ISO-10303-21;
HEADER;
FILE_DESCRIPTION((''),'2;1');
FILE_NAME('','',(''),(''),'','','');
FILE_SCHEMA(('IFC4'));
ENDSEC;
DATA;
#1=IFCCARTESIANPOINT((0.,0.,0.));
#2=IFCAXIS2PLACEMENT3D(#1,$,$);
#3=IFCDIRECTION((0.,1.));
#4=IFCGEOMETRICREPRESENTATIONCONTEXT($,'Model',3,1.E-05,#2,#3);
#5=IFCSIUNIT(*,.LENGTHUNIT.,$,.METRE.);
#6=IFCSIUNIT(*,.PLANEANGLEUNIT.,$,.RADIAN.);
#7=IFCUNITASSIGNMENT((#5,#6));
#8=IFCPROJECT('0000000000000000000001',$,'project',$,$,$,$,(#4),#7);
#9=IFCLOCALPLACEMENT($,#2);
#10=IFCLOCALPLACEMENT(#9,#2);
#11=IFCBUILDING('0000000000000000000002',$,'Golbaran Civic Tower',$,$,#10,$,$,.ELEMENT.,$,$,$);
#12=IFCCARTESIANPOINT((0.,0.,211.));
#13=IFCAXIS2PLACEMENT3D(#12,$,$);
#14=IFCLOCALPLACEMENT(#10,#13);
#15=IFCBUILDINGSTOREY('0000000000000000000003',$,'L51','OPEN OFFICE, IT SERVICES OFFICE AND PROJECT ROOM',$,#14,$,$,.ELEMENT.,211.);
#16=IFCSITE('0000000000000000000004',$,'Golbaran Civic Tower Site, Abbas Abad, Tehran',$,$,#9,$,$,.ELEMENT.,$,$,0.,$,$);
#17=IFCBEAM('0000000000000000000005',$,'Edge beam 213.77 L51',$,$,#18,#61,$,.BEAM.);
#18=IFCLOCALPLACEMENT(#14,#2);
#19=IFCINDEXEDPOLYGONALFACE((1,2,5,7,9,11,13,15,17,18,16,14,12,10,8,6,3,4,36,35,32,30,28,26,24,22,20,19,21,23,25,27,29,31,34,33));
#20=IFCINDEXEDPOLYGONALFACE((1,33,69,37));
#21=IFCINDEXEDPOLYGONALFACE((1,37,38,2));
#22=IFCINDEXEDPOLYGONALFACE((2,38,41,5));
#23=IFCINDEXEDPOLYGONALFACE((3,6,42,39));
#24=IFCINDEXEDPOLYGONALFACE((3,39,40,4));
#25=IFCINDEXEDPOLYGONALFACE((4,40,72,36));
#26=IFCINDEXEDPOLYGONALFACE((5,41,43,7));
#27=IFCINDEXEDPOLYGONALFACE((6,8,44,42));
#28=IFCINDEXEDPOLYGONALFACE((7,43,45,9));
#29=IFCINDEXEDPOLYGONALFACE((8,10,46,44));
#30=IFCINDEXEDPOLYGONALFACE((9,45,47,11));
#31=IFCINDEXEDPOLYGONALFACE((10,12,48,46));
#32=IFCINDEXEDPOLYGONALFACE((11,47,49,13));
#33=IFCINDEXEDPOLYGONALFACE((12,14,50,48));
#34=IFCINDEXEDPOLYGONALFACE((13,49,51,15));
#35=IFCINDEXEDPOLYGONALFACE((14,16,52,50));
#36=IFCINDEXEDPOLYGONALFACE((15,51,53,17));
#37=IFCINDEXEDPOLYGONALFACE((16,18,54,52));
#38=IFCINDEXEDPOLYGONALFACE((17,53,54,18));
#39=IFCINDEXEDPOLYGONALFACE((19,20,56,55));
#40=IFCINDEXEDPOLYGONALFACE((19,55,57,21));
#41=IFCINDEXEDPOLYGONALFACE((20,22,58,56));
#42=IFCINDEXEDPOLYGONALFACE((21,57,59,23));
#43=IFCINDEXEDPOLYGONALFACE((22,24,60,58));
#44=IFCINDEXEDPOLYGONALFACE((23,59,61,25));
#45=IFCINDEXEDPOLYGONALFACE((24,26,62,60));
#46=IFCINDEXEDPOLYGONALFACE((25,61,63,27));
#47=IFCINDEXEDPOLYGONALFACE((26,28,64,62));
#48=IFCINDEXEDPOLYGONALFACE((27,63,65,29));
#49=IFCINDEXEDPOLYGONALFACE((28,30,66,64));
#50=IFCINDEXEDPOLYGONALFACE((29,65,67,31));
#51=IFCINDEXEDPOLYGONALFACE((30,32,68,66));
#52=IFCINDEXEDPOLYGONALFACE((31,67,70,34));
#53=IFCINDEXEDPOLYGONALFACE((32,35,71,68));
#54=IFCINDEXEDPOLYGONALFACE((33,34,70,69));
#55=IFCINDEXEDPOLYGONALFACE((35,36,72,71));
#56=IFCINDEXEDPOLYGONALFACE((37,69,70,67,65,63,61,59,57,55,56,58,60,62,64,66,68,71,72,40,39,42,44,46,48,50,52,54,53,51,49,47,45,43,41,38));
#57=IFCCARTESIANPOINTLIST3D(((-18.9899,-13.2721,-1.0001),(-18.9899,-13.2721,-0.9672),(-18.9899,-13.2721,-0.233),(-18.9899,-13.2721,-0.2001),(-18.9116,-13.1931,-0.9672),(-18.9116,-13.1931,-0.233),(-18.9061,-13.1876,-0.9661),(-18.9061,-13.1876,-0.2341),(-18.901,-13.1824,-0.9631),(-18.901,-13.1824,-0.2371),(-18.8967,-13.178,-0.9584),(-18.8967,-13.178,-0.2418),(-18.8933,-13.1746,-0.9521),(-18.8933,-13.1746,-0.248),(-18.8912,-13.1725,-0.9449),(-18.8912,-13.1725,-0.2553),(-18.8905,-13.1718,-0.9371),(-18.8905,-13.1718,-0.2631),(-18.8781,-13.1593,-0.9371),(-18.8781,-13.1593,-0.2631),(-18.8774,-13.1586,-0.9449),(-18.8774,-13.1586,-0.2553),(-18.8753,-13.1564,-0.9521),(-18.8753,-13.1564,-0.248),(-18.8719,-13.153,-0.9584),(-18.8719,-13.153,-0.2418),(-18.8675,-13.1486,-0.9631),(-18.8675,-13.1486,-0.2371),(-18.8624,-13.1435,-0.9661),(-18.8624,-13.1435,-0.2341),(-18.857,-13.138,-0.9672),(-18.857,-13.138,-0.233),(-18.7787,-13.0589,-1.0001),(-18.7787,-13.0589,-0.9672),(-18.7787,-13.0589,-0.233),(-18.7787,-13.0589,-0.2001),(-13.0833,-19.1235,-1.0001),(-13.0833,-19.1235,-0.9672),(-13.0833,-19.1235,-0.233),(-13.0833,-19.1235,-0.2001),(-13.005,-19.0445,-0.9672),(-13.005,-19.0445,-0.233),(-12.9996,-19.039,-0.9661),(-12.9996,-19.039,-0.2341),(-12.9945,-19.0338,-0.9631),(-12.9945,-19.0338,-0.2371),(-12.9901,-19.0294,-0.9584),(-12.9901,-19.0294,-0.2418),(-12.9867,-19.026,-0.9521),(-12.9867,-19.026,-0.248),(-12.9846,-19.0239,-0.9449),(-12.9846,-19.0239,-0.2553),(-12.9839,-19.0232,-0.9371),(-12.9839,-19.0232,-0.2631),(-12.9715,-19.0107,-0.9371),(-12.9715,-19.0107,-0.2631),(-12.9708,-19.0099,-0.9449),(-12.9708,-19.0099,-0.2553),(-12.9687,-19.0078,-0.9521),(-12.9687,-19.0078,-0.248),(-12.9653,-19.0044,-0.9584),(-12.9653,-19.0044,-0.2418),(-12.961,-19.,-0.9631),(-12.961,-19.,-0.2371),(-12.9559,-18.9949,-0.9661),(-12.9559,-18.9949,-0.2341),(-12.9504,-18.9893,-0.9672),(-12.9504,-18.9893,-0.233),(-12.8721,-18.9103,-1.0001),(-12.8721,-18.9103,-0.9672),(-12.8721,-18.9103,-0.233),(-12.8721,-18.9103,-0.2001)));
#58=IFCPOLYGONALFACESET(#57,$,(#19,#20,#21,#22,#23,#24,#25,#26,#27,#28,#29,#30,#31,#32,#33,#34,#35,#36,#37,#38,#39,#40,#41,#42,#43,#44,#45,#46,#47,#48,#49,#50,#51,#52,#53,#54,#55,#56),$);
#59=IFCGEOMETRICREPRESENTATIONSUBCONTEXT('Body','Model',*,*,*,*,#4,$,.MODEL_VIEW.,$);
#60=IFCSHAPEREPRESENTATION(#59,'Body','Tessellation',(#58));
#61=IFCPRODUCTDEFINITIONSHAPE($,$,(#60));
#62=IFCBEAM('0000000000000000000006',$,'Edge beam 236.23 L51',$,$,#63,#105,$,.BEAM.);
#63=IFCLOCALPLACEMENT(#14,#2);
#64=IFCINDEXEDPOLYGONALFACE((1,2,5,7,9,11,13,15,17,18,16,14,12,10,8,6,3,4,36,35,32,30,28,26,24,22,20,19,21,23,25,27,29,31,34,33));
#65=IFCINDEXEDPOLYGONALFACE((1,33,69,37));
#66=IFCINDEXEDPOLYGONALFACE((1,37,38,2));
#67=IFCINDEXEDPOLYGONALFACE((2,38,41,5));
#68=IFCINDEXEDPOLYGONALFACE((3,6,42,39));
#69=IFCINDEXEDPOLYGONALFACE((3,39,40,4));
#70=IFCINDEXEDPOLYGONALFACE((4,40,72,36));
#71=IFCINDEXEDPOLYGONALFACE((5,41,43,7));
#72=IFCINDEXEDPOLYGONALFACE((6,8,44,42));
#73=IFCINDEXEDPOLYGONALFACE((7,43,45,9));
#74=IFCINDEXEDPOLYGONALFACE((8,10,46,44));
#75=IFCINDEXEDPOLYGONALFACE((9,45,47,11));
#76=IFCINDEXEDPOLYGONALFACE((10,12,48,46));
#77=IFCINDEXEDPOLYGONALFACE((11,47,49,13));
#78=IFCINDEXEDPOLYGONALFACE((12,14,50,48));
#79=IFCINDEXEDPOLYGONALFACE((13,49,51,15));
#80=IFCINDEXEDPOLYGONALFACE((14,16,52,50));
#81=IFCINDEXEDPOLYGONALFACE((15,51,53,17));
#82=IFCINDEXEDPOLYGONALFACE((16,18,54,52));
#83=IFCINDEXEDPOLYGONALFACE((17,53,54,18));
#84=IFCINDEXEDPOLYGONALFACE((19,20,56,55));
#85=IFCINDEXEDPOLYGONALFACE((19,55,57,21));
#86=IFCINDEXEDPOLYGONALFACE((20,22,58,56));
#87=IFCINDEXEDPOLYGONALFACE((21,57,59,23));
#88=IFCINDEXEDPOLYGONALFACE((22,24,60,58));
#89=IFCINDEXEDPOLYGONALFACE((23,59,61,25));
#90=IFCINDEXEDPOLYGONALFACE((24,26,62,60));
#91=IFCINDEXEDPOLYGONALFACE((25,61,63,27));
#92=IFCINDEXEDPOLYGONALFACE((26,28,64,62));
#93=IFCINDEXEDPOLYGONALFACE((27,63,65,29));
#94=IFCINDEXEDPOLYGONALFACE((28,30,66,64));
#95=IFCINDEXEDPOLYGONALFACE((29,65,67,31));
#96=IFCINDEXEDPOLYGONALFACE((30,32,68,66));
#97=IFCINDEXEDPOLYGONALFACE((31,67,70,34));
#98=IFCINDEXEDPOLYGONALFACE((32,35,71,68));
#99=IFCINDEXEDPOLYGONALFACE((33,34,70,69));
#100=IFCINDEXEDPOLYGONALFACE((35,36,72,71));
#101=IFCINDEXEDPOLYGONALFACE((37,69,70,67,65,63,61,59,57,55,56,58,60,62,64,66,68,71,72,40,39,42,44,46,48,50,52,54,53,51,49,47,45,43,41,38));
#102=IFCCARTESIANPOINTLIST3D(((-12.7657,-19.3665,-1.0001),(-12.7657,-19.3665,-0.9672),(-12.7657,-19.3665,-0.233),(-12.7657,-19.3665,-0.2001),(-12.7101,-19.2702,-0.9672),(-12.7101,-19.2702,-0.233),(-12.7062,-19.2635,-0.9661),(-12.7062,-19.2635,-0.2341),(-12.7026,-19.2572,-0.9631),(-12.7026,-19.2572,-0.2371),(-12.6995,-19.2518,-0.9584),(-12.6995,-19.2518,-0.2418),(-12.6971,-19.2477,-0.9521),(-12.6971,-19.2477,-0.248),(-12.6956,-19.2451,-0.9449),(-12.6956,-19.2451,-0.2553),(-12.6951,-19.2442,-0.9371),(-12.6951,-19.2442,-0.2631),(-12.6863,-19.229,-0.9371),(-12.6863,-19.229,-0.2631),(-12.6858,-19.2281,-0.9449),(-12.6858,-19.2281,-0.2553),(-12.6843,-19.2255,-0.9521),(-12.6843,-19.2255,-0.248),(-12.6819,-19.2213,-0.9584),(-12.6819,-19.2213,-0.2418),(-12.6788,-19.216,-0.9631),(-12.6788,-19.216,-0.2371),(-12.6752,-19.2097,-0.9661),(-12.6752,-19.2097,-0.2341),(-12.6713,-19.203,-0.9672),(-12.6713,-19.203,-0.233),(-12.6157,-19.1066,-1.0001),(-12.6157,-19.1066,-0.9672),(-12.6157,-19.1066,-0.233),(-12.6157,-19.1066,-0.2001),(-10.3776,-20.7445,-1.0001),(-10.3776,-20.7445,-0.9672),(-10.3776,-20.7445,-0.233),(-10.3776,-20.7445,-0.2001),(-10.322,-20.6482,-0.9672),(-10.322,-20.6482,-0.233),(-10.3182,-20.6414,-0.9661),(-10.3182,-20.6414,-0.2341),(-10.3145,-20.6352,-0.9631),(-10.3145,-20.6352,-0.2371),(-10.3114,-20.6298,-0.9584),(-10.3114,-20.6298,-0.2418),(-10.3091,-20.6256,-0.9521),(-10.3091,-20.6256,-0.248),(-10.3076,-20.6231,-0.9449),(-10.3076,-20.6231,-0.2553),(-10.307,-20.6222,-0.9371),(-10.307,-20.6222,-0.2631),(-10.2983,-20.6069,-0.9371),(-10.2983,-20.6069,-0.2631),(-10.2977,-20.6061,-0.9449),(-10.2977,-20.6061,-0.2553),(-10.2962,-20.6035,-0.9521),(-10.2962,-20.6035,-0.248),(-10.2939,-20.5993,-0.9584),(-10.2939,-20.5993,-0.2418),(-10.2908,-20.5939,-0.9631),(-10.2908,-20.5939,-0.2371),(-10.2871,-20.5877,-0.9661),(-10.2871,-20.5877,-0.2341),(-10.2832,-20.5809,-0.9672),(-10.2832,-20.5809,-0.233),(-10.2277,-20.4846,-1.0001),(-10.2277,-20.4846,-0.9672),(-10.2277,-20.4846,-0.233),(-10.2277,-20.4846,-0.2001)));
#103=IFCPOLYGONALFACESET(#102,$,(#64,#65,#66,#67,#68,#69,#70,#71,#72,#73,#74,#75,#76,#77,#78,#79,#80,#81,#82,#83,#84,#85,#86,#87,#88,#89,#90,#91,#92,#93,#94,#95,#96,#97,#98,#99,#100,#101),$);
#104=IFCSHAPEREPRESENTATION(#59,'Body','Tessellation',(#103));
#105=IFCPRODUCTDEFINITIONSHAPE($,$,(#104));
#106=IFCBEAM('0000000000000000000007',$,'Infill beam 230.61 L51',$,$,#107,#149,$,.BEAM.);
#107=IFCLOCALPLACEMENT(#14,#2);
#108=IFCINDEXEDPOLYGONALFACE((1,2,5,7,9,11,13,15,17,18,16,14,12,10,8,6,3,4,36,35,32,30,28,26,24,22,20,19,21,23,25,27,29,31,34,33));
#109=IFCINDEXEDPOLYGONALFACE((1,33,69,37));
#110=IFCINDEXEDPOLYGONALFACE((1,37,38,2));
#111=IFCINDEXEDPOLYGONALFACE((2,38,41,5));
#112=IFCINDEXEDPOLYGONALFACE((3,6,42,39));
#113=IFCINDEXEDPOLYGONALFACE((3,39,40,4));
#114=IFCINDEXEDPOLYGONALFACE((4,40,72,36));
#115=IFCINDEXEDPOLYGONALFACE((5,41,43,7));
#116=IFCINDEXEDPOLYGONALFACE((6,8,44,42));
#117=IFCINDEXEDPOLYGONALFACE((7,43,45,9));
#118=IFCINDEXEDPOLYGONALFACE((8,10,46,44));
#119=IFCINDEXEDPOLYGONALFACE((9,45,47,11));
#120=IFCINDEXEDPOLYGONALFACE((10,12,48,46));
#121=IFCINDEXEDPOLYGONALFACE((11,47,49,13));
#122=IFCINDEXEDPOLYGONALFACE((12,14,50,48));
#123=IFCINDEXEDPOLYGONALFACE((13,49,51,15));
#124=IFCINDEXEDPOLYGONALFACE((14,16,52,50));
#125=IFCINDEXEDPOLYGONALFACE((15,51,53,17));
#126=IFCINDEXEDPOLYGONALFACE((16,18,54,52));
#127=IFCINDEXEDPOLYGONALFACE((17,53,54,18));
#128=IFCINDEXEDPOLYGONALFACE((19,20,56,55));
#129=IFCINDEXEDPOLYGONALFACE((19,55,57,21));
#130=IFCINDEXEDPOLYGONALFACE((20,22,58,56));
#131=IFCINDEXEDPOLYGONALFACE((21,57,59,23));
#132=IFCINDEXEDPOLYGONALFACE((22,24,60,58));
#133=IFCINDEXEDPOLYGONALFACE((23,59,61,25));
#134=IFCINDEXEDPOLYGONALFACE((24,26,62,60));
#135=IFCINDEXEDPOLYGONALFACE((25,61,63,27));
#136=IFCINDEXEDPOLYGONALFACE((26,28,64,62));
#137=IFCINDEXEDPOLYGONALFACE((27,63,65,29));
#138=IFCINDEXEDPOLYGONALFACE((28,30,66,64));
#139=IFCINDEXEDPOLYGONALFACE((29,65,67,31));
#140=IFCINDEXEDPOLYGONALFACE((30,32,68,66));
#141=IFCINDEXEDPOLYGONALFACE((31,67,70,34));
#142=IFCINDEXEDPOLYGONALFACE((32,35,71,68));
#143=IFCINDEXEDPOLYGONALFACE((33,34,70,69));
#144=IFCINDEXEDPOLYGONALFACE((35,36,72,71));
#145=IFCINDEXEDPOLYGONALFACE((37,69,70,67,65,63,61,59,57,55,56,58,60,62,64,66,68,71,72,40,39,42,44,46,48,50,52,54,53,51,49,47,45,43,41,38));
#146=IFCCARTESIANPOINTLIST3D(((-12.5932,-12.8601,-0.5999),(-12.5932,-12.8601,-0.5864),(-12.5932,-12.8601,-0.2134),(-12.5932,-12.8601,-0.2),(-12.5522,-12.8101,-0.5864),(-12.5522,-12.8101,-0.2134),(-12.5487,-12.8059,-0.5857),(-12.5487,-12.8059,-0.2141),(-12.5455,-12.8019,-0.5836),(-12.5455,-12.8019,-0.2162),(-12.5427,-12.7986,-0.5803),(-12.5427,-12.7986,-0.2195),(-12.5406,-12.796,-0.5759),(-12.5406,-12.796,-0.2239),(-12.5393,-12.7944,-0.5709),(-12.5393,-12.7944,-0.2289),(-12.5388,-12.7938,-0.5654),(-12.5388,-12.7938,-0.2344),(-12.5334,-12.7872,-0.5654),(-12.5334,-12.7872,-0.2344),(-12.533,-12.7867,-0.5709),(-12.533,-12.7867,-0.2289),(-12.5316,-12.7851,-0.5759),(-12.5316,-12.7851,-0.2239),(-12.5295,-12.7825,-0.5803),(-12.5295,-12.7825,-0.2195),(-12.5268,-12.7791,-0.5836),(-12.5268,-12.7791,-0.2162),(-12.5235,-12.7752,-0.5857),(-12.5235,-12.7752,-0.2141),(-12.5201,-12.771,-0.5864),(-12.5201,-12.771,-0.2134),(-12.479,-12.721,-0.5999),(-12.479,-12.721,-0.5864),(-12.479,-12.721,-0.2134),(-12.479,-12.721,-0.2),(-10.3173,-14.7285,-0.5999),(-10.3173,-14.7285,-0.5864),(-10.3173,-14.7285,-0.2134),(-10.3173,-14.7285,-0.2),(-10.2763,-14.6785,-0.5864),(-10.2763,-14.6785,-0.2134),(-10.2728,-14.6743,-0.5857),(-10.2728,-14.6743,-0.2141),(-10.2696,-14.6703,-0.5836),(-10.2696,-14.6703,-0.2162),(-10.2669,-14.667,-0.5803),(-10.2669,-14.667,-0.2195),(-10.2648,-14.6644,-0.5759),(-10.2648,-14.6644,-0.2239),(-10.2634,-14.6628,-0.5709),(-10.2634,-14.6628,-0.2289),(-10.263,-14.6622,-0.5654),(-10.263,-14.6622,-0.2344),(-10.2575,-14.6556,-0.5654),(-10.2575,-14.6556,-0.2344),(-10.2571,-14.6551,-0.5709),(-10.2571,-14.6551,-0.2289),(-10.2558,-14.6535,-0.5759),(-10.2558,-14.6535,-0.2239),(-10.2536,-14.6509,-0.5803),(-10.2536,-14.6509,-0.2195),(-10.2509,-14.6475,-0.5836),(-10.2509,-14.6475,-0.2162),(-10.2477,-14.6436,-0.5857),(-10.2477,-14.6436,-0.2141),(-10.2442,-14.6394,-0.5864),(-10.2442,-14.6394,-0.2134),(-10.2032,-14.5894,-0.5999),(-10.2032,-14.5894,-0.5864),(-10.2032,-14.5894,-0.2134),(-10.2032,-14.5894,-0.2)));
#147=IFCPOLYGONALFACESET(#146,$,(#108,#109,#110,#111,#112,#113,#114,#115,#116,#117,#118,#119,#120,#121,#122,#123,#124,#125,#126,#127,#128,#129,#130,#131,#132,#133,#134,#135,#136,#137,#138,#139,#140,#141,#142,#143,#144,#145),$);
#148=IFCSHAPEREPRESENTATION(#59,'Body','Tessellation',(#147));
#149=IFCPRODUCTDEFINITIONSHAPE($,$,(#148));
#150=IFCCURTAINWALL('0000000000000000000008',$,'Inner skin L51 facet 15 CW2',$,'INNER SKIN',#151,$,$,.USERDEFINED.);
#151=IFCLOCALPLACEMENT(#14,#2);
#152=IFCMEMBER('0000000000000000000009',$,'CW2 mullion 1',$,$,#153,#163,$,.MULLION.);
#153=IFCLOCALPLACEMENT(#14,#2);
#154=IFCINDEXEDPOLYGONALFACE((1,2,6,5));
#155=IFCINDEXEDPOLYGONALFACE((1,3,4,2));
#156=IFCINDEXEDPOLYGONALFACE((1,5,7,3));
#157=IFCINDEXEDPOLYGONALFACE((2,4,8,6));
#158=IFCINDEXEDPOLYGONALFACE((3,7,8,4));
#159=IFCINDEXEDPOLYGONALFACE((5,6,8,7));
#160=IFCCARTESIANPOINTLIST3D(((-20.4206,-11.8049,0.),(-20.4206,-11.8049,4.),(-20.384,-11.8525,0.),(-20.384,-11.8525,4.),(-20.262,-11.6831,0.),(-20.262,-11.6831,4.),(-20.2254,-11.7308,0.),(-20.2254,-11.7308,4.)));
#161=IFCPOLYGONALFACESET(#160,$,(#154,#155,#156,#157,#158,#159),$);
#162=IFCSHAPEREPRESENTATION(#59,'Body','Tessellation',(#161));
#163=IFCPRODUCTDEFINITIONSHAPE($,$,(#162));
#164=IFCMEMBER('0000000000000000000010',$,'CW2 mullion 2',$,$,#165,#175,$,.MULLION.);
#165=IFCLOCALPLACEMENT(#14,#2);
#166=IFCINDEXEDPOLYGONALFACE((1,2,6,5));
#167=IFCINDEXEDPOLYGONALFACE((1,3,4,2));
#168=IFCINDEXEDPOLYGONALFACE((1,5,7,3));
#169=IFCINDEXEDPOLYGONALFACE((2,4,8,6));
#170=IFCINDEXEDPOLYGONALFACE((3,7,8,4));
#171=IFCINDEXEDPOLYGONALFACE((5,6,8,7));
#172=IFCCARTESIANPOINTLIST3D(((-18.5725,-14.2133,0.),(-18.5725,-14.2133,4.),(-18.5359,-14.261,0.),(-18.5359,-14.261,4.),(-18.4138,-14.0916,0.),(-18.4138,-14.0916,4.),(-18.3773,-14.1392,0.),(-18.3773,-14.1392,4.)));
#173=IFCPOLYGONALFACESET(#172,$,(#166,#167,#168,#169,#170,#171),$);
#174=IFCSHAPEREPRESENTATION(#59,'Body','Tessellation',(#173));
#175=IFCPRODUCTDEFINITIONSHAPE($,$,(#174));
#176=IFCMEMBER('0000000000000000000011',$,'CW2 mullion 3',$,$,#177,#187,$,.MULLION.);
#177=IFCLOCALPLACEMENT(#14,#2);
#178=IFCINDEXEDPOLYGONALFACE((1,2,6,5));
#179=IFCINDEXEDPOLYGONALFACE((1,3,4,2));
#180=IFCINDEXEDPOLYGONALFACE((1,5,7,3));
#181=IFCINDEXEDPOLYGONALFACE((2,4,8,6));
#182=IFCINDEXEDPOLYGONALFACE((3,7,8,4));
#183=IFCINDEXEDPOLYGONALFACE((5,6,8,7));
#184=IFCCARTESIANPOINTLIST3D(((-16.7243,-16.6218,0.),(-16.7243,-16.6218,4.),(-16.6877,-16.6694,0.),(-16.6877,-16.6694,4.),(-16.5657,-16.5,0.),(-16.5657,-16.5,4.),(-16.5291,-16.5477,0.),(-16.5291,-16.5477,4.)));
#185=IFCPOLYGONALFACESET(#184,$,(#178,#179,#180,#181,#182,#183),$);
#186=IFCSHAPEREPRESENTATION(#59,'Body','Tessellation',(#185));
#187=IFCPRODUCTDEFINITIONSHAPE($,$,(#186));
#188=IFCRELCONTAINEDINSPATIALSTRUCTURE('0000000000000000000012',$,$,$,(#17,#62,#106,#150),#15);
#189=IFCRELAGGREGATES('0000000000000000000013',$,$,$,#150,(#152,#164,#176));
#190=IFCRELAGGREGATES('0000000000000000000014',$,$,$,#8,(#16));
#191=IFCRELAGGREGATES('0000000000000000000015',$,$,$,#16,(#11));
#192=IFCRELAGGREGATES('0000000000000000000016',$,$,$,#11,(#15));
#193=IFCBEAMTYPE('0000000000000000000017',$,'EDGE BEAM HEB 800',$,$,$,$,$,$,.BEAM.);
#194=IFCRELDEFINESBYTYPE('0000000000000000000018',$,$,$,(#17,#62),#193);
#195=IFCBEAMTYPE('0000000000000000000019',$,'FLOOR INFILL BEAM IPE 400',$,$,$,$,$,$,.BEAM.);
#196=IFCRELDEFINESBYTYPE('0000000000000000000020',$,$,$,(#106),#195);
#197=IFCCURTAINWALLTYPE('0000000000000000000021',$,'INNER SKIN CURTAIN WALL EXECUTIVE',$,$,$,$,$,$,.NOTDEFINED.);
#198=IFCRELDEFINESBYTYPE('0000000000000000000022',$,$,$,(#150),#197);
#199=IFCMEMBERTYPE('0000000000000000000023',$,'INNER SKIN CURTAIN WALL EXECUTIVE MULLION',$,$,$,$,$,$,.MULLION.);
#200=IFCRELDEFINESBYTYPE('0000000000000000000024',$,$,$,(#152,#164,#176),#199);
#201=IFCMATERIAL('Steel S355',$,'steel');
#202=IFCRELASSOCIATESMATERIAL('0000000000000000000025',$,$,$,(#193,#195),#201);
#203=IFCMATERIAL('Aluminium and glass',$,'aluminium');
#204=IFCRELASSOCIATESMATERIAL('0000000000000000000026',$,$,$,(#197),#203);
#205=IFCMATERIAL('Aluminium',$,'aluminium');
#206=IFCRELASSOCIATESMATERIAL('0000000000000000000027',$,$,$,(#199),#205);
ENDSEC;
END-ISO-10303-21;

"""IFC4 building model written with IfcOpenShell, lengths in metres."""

from ifc_helpers import new_model, si_unit, direction, frame, origin, origin_2d, place, context, subcontext, project, spatial, rectangle, i_section, extrude, material, material_profile, profile_set, type_object, element, aggregate, save


model = new_model("IFC4")

# Units and contexts
model_context = context("Model", 3, precision=1e-05, world=origin(), true_north=direction((0.0, 1.0)))
body_context = subcontext(model_context, "Body", "Model", "MODEL_VIEW")
ifc_project = project(units=[si_unit("LENGTHUNIT", "METRE"), si_unit("PLANEANGLEUNIT", "RADIAN")], contexts=[model_context])

# Site, building, storey
site_placement = place(None, origin())
site = spatial("IfcSite", under=ifc_project, at=site_placement, Name="Golbaran Civic Tower Site, Abbas Abad, Tehran", CompositionType="ELEMENT", RefElevation=0.0)
building_placement = place(site_placement, origin())
building = spatial("IfcBuilding", under=site, at=building_placement, Name="Golbaran Civic Tower", CompositionType="ELEMENT")
storey_placement = place(building_placement, frame((0.0, 0.0, 211.0)))
storey = spatial("IfcBuildingStorey", under=building, at=storey_placement, Name="L51", Description="OPEN OFFICE, IT SERVICES OFFICE AND PROJECT ROOM", CompositionType="ELEMENT", Elevation=211.0)

# Beams
ifc_material_1 = material(Name="Steel S355", Category="steel")
ifc_material_profile_1 = material_profile(ifc_material_1, i_section(OverallWidth=0.3, OverallDepth=0.8, WebThickness=0.0176, FlangeThickness=0.033, FilletRadius=0.03, at=origin_2d()), Name="HEB 800")
ifc_profile_set_1 = profile_set([ifc_material_profile_1], Name="Steel S355")
beam_type_1 = type_object("IfcBeamType", Name="EDGE BEAM HEB 800", PredefinedType="BEAM", material=ifc_profile_set_1)
beam_1_placement = place(storey_placement, frame((-18.8843, -13.1655, -0.6001), z_axis=(0.710417, -0.703781, 0.0), x_axis=(0.703781, 0.710417, 0.0)))
element("IfcBeam", 1, at=beam_1_placement, inside=storey, type_object=beam_type_1, Name="Edge beam 213.77 L51", PredefinedType="BEAM", context=body_context, shape_type="SweptSolid", body=[
    extrude(i_section(OverallWidth=0.3, OverallDepth=0.8, WebThickness=0.0176, FlangeThickness=0.033, FilletRadius=0.03, at=origin_2d()), origin(), (0.0, 0.0, 1.0), 8.3142),
])
beam_2_placement = place(storey_placement, frame((-12.6907, -19.2366, -0.6001), z_axis=(0.866143, -0.499797, 0.0), x_axis=(0.499797, 0.866143, 0.0)))
element("IfcBeam", 2, at=beam_2_placement, inside=storey, type_object=beam_type_1, Name="Edge beam 236.23 L51", PredefinedType="BEAM", context=body_context, shape_type="SweptSolid", body=[
    extrude(i_section(OverallWidth=0.3, OverallDepth=0.8, WebThickness=0.0176, FlangeThickness=0.033, FilletRadius=0.03, at=origin_2d()), origin(), (0.0, 0.0, 1.0), 2.7571),
])
ifc_material_profile_2 = material_profile(ifc_material_1, i_section(OverallWidth=0.1799, OverallDepth=0.3999, WebThickness=0.0085, FlangeThickness=0.0134, FilletRadius=0.021, at=origin_2d()), Name="IPE 400")
ifc_profile_set_2 = profile_set([ifc_material_profile_2], Name="Steel S355")
beam_type_2 = type_object("IfcBeamType", Name="FLOOR INFILL BEAM IPE 400", PredefinedType="BEAM", material=ifc_profile_set_2)
beam_3_placement = place(storey_placement, frame((-12.5361, -12.7905, -0.3999), z_axis=(0.772903, -0.634524, 0.0), x_axis=(0.634524, 0.772903, 0.0)))
element("IfcBeam", 3, at=beam_3_placement, inside=storey, type_object=beam_type_2, Name="Infill beam 230.61 L51", PredefinedType="BEAM", context=body_context, shape_type="SweptSolid", body=[
    extrude(i_section(OverallWidth=0.1799, OverallDepth=0.3999, WebThickness=0.0085, FlangeThickness=0.0134, FilletRadius=0.021, at=origin_2d()), origin(), (0.0, 0.0, 1.0), 2.9446),
])

# Curtain wall, members
ifc_material_2 = material(Name="Aluminium and glass", Category="aluminium")
curtain_wall_type = type_object("IfcCurtainWallType", Name="INNER SKIN CURTAIN WALL EXECUTIVE", PredefinedType="NOTDEFINED", material=ifc_material_2)
curtain_wall_1_placement = place(storey_placement, origin())
curtain_wall_1 = element("IfcCurtainWall", 4, at=curtain_wall_1_placement, inside=storey, type_object=curtain_wall_type, Name="Inner skin L51 facet 15 CW2", ObjectType="INNER SKIN", PredefinedType="USERDEFINED")
ifc_material_3 = material(Name="Aluminium", Category="aluminium")
ifc_material_profile_3 = material_profile(ifc_material_3, rectangle(XDim=0.2, YDim=0.0601, at=origin_2d()), Name="INNER SKIN CURTAIN WALL EXECUTIVE MULLION")
ifc_profile_set_3 = profile_set([ifc_material_profile_3], Name="Aluminium")
member_type_1 = type_object("IfcMemberType", Name="INNER SKIN CURTAIN WALL EXECUTIVE MULLION", PredefinedType="MULLION", material=ifc_profile_set_3)
member_1_placement = place(storey_placement, frame((-20.323, -11.7678, 0.0), z_axis=(0.0, 0.0, 1.0), x_axis=(0.793353, 0.608761, 0.0)))
member_1 = element("IfcMember", 5, at=member_1_placement, type_object=member_type_1, Name="CW2 mullion 1", PredefinedType="MULLION", context=body_context, shape_type="SweptSolid", body=[
    extrude(rectangle(XDim=0.2, YDim=0.0601, at=origin_2d()), origin(), (0.0, 0.0, 1.0), 4.0),
])
member_2_placement = place(storey_placement, frame((-18.4749, -14.1763, 0.0), z_axis=(0.0, 0.0, 1.0), x_axis=(0.793353, 0.608761, 0.0)))
member_2 = element("IfcMember", 6, at=member_2_placement, type_object=member_type_1, Name="CW2 mullion 2", PredefinedType="MULLION", context=body_context, shape_type="SweptSolid", body=[
    extrude(rectangle(XDim=0.2, YDim=0.0601, at=origin_2d()), origin(), (0.0, 0.0, 1.0), 4.0),
])
member_3_placement = place(storey_placement, frame((-16.6267, -16.5847, 0.0), z_axis=(0.0, 0.0, 1.0), x_axis=(0.793353, 0.608761, 0.0)))
member_3 = element("IfcMember", 7, at=member_3_placement, type_object=member_type_1, Name="CW2 mullion 3", PredefinedType="MULLION", context=body_context, shape_type="SweptSolid", body=[
    extrude(rectangle(XDim=0.2, YDim=0.0601, at=origin_2d()), origin(), (0.0, 0.0, 1.0), 4.0),
])

aggregate(curtain_wall_1, [member_1, member_2, member_3])

save(model, "model.ifc")
